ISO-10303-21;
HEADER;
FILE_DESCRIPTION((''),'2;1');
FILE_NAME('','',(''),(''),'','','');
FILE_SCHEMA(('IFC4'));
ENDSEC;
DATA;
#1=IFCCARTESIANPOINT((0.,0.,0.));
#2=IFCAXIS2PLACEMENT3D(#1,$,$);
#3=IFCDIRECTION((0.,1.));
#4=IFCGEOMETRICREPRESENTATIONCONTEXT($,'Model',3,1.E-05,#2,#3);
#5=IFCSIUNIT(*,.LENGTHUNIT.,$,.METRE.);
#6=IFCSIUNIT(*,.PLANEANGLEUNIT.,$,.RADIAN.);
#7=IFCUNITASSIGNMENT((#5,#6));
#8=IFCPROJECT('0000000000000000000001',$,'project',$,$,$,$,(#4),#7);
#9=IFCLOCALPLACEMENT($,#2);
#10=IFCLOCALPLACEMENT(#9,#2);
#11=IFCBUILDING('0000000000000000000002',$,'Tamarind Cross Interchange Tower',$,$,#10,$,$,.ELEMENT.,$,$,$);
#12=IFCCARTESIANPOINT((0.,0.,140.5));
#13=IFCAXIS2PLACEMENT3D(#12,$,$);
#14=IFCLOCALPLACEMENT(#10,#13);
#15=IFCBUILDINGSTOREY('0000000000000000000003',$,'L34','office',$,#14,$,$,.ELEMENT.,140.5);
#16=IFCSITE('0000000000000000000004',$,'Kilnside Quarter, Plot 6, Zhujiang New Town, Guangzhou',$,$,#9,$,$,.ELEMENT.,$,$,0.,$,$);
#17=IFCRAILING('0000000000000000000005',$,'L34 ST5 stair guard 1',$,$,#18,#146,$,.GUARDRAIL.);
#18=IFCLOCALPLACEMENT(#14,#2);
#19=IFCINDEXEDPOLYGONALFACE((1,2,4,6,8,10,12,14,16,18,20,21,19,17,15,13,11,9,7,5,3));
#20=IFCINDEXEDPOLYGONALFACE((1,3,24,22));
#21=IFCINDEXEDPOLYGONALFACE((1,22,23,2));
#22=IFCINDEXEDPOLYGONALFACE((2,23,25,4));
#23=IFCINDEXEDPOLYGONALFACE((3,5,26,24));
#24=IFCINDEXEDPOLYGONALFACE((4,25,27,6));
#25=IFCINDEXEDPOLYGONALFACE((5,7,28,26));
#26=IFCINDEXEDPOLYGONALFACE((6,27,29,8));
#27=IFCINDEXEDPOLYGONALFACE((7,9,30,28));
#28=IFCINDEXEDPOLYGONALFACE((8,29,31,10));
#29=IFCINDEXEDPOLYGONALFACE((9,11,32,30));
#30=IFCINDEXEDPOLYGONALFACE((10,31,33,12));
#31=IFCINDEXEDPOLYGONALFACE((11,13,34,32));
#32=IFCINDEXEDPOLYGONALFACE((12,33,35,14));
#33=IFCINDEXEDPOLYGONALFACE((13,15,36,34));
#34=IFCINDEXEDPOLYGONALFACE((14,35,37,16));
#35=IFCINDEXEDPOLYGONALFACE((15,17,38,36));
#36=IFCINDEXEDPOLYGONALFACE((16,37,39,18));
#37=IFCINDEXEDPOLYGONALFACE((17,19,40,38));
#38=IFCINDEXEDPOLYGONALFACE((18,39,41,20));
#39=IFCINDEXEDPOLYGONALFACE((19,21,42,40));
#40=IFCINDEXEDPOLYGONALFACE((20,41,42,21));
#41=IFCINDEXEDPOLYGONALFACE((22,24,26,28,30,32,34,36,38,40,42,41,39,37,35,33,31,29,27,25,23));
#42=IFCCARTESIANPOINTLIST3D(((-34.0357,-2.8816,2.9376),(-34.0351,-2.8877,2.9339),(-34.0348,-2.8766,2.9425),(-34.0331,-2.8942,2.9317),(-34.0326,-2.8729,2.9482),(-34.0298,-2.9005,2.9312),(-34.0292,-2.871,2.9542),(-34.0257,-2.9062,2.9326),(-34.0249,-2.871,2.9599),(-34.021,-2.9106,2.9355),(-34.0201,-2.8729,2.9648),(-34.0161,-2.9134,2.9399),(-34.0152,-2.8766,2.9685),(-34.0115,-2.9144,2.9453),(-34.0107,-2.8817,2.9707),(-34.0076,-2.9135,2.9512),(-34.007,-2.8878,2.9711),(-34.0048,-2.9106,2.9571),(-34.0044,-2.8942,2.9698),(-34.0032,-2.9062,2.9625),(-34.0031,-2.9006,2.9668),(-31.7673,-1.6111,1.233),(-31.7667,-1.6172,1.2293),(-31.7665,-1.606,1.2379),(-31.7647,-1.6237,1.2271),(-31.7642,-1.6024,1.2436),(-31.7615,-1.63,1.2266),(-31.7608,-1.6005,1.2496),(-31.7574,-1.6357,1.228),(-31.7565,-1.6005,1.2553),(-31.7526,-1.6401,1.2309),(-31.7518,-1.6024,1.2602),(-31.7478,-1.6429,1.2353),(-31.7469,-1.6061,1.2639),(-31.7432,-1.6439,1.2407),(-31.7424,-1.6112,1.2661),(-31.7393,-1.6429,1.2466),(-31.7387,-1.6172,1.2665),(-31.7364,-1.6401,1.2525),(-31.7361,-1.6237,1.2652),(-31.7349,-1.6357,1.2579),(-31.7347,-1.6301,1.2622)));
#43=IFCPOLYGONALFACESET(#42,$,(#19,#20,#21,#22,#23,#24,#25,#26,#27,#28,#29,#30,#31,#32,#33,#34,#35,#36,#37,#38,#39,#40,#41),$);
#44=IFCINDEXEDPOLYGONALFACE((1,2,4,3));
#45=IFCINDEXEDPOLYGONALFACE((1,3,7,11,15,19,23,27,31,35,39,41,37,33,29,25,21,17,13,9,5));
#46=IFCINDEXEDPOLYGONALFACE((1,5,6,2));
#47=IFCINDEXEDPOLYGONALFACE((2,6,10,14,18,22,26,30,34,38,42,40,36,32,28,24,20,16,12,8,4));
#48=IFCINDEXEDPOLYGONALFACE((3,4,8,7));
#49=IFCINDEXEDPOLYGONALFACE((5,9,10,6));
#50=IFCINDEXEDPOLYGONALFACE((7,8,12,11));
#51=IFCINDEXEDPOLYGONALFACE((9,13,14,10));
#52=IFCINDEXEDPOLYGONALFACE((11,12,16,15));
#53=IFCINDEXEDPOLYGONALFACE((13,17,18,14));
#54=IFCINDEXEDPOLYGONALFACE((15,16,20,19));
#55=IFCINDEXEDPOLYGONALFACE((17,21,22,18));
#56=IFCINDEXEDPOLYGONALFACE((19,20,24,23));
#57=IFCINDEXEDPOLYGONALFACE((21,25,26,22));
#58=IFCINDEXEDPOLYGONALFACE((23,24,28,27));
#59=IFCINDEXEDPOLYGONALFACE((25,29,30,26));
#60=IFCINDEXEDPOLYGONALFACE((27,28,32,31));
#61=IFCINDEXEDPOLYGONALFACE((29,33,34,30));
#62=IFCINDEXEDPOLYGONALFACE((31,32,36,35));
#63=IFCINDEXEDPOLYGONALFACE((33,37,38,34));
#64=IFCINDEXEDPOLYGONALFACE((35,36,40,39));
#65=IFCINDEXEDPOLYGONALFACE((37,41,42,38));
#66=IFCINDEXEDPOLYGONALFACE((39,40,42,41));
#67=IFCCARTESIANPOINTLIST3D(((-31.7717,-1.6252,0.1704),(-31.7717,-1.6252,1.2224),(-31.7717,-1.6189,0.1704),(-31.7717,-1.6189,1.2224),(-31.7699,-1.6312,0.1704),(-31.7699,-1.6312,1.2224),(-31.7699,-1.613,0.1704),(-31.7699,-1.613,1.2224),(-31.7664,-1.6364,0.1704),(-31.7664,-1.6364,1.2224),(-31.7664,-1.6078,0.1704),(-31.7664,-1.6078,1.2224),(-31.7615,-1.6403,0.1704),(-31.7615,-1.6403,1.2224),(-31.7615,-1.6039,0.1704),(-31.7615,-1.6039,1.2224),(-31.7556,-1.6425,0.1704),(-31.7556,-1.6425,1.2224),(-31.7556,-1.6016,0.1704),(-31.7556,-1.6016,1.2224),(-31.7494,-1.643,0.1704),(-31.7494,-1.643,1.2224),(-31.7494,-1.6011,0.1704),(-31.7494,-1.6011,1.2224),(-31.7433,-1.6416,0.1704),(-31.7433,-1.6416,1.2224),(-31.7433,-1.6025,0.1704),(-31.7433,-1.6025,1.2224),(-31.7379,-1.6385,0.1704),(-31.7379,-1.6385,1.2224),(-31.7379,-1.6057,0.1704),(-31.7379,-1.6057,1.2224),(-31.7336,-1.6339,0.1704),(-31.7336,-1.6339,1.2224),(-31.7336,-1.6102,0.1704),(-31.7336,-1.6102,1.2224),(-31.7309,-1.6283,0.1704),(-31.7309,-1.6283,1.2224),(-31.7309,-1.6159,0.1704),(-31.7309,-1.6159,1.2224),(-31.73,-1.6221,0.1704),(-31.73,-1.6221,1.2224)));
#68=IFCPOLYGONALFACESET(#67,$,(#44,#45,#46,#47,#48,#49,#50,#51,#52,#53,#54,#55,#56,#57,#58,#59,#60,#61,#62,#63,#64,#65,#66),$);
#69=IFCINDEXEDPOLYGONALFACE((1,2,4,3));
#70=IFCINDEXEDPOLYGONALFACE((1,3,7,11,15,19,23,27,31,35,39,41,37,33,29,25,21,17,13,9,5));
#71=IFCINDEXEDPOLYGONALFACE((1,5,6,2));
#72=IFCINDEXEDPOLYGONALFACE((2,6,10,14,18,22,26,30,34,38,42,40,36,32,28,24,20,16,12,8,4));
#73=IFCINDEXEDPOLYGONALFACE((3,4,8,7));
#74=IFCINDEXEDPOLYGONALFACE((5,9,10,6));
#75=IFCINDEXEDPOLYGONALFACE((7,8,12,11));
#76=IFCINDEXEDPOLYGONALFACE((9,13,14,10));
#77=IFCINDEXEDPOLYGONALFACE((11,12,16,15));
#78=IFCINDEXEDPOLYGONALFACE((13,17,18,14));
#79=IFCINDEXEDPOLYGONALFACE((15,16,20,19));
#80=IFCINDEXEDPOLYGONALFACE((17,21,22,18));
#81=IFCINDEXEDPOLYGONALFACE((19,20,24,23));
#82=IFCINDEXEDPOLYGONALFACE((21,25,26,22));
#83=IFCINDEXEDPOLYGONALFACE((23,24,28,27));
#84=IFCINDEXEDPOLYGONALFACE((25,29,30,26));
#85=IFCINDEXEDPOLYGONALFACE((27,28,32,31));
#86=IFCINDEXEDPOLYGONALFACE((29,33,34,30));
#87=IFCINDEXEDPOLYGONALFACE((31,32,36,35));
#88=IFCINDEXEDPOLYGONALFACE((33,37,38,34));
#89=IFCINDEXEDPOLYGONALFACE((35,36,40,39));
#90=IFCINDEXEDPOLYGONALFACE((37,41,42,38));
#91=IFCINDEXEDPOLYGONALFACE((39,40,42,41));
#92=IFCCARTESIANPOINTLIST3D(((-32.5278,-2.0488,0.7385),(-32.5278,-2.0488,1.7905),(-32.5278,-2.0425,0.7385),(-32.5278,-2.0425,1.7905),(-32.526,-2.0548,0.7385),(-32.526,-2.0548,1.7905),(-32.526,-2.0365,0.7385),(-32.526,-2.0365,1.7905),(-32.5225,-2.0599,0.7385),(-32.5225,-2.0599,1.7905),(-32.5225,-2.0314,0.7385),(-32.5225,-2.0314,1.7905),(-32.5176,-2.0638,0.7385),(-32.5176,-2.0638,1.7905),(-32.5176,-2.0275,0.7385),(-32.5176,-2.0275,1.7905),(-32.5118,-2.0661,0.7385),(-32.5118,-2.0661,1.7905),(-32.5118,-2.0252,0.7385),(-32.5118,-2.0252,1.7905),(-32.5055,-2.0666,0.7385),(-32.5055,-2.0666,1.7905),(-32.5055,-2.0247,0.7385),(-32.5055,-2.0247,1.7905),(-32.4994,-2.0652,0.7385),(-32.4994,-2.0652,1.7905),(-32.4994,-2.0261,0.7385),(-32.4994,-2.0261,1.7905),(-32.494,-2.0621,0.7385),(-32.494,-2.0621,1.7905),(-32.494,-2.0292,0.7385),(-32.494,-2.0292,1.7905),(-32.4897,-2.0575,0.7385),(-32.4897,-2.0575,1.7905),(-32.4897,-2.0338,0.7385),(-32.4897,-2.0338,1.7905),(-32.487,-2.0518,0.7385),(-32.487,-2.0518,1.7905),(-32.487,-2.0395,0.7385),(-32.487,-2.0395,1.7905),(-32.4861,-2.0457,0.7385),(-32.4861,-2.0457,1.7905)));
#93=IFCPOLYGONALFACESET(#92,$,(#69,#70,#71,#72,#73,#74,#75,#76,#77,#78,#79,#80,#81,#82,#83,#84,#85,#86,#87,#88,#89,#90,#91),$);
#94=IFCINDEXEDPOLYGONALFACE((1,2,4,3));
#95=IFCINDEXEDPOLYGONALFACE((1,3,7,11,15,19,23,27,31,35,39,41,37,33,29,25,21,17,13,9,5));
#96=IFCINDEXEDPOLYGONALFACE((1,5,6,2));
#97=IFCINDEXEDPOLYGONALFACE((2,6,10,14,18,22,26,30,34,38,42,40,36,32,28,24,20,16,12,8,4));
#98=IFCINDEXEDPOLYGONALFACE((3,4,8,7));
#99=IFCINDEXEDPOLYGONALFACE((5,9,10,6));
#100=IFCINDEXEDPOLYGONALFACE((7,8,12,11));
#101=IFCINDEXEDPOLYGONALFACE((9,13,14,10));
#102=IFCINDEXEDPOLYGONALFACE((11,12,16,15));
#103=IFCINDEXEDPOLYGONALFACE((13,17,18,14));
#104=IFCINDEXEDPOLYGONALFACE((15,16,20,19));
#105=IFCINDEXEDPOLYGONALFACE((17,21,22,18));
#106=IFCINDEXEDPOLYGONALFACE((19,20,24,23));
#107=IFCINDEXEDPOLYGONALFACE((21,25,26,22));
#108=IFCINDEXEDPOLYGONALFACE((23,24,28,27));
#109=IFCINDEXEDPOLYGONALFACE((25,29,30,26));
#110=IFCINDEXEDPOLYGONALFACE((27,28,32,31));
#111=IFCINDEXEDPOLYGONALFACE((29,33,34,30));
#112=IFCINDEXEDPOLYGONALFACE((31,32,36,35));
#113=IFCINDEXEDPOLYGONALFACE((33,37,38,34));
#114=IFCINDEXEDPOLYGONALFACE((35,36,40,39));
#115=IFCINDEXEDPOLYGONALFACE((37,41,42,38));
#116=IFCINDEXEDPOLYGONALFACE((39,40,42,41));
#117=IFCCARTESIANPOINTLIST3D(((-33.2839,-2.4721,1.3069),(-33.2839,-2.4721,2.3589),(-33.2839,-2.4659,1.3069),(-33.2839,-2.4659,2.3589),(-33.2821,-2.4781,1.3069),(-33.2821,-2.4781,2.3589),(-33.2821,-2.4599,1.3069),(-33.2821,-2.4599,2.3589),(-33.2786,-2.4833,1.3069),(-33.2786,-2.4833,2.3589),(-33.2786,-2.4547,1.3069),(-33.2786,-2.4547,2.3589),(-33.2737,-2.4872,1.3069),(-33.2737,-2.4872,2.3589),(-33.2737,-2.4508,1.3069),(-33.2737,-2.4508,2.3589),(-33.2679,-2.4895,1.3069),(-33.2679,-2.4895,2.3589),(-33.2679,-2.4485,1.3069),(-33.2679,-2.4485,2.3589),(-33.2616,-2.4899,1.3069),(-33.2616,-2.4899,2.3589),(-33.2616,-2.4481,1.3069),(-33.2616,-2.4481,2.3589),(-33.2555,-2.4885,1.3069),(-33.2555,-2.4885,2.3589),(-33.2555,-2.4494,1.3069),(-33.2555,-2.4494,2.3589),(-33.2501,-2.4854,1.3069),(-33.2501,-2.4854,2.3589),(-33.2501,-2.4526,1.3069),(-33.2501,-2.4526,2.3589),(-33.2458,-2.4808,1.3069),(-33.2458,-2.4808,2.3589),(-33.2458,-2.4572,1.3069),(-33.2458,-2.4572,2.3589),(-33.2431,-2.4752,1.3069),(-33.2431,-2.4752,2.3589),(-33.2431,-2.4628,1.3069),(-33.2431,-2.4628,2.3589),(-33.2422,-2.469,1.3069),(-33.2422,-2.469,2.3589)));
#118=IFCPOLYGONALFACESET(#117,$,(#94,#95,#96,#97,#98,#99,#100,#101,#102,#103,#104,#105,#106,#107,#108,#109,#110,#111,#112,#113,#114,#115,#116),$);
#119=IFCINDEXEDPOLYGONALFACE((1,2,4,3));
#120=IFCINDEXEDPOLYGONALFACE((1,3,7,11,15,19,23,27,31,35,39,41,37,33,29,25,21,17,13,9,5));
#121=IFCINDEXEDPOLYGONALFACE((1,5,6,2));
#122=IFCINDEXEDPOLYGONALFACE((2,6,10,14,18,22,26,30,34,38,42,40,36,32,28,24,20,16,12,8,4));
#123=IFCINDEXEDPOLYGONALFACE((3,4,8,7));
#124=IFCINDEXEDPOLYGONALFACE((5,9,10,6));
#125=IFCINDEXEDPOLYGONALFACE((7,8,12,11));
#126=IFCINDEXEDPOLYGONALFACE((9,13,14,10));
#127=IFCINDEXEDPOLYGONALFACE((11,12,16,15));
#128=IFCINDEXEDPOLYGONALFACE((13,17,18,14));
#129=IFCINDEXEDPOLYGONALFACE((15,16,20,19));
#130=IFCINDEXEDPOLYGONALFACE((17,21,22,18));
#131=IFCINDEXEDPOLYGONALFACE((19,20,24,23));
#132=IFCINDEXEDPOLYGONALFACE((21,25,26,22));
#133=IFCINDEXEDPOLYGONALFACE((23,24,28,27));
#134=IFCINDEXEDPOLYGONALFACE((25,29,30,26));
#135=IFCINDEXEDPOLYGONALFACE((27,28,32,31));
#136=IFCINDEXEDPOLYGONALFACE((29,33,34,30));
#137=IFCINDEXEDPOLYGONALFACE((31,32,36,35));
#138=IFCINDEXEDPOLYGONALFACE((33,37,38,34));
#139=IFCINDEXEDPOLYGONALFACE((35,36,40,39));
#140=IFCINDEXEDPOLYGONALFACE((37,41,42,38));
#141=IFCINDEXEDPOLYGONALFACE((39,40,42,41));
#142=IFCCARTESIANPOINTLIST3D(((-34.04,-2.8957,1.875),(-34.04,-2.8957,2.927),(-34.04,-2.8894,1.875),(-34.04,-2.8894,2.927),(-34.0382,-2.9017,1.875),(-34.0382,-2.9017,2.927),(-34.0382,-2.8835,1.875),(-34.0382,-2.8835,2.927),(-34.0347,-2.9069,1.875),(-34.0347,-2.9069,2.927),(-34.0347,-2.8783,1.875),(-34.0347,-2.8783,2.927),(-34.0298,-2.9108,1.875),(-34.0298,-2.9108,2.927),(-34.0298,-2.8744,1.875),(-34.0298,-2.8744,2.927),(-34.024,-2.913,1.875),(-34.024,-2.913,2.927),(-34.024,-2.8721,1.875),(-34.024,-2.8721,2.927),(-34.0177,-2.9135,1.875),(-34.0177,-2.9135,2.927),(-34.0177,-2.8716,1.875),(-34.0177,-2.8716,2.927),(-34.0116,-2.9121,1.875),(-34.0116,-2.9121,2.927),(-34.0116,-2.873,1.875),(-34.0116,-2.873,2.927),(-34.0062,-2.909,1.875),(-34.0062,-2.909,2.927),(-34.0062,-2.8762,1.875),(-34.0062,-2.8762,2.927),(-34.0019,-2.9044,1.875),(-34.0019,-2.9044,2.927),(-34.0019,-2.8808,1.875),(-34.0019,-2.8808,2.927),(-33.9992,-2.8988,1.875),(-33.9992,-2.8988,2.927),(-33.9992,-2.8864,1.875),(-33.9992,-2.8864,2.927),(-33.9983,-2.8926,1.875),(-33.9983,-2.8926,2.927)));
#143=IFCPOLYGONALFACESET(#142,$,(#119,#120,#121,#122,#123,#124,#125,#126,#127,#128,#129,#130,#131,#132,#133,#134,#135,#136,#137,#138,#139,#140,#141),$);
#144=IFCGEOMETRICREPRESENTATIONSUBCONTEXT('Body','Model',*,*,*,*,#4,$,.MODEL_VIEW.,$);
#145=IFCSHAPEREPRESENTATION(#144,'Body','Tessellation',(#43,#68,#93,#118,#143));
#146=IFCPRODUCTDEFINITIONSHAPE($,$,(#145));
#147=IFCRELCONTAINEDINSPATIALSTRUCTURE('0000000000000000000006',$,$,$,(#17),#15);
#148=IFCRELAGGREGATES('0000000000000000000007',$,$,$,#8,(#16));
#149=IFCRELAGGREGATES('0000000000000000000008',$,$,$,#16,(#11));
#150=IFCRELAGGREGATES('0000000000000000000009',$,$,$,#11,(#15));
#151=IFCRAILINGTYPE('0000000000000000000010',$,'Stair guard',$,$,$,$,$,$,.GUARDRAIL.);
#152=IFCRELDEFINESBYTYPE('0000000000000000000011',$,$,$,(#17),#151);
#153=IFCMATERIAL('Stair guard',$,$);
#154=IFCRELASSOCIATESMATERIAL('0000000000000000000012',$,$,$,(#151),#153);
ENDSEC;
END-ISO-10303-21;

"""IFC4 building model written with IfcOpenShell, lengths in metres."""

from ifc_helpers import new_model, si_unit, direction, frame, origin, origin_2d, place, context, subcontext, project, spatial, circle, extrude, material, type_object, element, save


model = new_model("IFC4")

# Units and contexts
model_context = context("Model", 3, precision=1e-05, world=origin(), true_north=direction((0.0, 1.0)))
body_context = subcontext(model_context, "Body", "Model", "MODEL_VIEW")
ifc_project = project(units=[si_unit("LENGTHUNIT", "METRE"), si_unit("PLANEANGLEUNIT", "RADIAN")], contexts=[model_context])

# Site, building, storey
site_placement = place(None, origin())
site = spatial("IfcSite", under=ifc_project, at=site_placement, Name="Kilnside Quarter, Plot 6, Zhujiang New Town, Guangzhou", CompositionType="ELEMENT", RefElevation=0.0)
building_placement = place(site_placement, origin())
building = spatial("IfcBuilding", under=site, at=building_placement, Name="Tamarind Cross Interchange Tower", CompositionType="ELEMENT")
storey_placement = place(building_placement, frame((0.0, 0.0, 140.5)))
storey = spatial("IfcBuildingStorey", under=building, at=storey_placement, Name="L34", Description="office", CompositionType="ELEMENT", Elevation=140.5)

# Railing
ifc_material_1 = material(Name="Stair guard")
railing_type_1 = type_object("IfcRailingType", Name="Stair guard", PredefinedType="GUARDRAIL", material=ifc_material_1)
railing_1_placement = place(storey_placement, frame((-31.751, -1.6221, 0.1704)))
element("IfcRailing", 1, at=railing_1_placement, inside=storey, type_object=railing_type_1, Name="L34 ST5 stair guard 1", PredefinedType="GUARDRAIL", context=body_context, shape_type="SweptSolid", body=[
    extrude(circle(Radius=0.0239, at=origin_2d()), frame((0.0, 0.0, 1.0762), z_axis=(-0.729626, -0.408672, 0.5483), x_axis=(0.488678, -0.872464, 0.0)), (0.0, 0.0, 1.0), 3.1089),
    extrude(circle(Radius=0.021, at=origin_2d()), origin(), (0.0, 0.0, 1.0), 1.052),
    extrude(circle(Radius=0.021, at=origin_2d()), frame((-0.7561, -0.4236, 0.5681)), (0.0, 0.0, 1.0), 1.052),
    extrude(circle(Radius=0.021, at=origin_2d()), frame((-1.5122, -0.8469, 1.1365)), (0.0, 0.0, 1.0), 1.052),
    extrude(circle(Radius=0.021, at=origin_2d()), frame((-2.2683, -1.2705, 1.7046)), (0.0, 0.0, 1.0), 1.052),
])

save(model, "model.ifc")
